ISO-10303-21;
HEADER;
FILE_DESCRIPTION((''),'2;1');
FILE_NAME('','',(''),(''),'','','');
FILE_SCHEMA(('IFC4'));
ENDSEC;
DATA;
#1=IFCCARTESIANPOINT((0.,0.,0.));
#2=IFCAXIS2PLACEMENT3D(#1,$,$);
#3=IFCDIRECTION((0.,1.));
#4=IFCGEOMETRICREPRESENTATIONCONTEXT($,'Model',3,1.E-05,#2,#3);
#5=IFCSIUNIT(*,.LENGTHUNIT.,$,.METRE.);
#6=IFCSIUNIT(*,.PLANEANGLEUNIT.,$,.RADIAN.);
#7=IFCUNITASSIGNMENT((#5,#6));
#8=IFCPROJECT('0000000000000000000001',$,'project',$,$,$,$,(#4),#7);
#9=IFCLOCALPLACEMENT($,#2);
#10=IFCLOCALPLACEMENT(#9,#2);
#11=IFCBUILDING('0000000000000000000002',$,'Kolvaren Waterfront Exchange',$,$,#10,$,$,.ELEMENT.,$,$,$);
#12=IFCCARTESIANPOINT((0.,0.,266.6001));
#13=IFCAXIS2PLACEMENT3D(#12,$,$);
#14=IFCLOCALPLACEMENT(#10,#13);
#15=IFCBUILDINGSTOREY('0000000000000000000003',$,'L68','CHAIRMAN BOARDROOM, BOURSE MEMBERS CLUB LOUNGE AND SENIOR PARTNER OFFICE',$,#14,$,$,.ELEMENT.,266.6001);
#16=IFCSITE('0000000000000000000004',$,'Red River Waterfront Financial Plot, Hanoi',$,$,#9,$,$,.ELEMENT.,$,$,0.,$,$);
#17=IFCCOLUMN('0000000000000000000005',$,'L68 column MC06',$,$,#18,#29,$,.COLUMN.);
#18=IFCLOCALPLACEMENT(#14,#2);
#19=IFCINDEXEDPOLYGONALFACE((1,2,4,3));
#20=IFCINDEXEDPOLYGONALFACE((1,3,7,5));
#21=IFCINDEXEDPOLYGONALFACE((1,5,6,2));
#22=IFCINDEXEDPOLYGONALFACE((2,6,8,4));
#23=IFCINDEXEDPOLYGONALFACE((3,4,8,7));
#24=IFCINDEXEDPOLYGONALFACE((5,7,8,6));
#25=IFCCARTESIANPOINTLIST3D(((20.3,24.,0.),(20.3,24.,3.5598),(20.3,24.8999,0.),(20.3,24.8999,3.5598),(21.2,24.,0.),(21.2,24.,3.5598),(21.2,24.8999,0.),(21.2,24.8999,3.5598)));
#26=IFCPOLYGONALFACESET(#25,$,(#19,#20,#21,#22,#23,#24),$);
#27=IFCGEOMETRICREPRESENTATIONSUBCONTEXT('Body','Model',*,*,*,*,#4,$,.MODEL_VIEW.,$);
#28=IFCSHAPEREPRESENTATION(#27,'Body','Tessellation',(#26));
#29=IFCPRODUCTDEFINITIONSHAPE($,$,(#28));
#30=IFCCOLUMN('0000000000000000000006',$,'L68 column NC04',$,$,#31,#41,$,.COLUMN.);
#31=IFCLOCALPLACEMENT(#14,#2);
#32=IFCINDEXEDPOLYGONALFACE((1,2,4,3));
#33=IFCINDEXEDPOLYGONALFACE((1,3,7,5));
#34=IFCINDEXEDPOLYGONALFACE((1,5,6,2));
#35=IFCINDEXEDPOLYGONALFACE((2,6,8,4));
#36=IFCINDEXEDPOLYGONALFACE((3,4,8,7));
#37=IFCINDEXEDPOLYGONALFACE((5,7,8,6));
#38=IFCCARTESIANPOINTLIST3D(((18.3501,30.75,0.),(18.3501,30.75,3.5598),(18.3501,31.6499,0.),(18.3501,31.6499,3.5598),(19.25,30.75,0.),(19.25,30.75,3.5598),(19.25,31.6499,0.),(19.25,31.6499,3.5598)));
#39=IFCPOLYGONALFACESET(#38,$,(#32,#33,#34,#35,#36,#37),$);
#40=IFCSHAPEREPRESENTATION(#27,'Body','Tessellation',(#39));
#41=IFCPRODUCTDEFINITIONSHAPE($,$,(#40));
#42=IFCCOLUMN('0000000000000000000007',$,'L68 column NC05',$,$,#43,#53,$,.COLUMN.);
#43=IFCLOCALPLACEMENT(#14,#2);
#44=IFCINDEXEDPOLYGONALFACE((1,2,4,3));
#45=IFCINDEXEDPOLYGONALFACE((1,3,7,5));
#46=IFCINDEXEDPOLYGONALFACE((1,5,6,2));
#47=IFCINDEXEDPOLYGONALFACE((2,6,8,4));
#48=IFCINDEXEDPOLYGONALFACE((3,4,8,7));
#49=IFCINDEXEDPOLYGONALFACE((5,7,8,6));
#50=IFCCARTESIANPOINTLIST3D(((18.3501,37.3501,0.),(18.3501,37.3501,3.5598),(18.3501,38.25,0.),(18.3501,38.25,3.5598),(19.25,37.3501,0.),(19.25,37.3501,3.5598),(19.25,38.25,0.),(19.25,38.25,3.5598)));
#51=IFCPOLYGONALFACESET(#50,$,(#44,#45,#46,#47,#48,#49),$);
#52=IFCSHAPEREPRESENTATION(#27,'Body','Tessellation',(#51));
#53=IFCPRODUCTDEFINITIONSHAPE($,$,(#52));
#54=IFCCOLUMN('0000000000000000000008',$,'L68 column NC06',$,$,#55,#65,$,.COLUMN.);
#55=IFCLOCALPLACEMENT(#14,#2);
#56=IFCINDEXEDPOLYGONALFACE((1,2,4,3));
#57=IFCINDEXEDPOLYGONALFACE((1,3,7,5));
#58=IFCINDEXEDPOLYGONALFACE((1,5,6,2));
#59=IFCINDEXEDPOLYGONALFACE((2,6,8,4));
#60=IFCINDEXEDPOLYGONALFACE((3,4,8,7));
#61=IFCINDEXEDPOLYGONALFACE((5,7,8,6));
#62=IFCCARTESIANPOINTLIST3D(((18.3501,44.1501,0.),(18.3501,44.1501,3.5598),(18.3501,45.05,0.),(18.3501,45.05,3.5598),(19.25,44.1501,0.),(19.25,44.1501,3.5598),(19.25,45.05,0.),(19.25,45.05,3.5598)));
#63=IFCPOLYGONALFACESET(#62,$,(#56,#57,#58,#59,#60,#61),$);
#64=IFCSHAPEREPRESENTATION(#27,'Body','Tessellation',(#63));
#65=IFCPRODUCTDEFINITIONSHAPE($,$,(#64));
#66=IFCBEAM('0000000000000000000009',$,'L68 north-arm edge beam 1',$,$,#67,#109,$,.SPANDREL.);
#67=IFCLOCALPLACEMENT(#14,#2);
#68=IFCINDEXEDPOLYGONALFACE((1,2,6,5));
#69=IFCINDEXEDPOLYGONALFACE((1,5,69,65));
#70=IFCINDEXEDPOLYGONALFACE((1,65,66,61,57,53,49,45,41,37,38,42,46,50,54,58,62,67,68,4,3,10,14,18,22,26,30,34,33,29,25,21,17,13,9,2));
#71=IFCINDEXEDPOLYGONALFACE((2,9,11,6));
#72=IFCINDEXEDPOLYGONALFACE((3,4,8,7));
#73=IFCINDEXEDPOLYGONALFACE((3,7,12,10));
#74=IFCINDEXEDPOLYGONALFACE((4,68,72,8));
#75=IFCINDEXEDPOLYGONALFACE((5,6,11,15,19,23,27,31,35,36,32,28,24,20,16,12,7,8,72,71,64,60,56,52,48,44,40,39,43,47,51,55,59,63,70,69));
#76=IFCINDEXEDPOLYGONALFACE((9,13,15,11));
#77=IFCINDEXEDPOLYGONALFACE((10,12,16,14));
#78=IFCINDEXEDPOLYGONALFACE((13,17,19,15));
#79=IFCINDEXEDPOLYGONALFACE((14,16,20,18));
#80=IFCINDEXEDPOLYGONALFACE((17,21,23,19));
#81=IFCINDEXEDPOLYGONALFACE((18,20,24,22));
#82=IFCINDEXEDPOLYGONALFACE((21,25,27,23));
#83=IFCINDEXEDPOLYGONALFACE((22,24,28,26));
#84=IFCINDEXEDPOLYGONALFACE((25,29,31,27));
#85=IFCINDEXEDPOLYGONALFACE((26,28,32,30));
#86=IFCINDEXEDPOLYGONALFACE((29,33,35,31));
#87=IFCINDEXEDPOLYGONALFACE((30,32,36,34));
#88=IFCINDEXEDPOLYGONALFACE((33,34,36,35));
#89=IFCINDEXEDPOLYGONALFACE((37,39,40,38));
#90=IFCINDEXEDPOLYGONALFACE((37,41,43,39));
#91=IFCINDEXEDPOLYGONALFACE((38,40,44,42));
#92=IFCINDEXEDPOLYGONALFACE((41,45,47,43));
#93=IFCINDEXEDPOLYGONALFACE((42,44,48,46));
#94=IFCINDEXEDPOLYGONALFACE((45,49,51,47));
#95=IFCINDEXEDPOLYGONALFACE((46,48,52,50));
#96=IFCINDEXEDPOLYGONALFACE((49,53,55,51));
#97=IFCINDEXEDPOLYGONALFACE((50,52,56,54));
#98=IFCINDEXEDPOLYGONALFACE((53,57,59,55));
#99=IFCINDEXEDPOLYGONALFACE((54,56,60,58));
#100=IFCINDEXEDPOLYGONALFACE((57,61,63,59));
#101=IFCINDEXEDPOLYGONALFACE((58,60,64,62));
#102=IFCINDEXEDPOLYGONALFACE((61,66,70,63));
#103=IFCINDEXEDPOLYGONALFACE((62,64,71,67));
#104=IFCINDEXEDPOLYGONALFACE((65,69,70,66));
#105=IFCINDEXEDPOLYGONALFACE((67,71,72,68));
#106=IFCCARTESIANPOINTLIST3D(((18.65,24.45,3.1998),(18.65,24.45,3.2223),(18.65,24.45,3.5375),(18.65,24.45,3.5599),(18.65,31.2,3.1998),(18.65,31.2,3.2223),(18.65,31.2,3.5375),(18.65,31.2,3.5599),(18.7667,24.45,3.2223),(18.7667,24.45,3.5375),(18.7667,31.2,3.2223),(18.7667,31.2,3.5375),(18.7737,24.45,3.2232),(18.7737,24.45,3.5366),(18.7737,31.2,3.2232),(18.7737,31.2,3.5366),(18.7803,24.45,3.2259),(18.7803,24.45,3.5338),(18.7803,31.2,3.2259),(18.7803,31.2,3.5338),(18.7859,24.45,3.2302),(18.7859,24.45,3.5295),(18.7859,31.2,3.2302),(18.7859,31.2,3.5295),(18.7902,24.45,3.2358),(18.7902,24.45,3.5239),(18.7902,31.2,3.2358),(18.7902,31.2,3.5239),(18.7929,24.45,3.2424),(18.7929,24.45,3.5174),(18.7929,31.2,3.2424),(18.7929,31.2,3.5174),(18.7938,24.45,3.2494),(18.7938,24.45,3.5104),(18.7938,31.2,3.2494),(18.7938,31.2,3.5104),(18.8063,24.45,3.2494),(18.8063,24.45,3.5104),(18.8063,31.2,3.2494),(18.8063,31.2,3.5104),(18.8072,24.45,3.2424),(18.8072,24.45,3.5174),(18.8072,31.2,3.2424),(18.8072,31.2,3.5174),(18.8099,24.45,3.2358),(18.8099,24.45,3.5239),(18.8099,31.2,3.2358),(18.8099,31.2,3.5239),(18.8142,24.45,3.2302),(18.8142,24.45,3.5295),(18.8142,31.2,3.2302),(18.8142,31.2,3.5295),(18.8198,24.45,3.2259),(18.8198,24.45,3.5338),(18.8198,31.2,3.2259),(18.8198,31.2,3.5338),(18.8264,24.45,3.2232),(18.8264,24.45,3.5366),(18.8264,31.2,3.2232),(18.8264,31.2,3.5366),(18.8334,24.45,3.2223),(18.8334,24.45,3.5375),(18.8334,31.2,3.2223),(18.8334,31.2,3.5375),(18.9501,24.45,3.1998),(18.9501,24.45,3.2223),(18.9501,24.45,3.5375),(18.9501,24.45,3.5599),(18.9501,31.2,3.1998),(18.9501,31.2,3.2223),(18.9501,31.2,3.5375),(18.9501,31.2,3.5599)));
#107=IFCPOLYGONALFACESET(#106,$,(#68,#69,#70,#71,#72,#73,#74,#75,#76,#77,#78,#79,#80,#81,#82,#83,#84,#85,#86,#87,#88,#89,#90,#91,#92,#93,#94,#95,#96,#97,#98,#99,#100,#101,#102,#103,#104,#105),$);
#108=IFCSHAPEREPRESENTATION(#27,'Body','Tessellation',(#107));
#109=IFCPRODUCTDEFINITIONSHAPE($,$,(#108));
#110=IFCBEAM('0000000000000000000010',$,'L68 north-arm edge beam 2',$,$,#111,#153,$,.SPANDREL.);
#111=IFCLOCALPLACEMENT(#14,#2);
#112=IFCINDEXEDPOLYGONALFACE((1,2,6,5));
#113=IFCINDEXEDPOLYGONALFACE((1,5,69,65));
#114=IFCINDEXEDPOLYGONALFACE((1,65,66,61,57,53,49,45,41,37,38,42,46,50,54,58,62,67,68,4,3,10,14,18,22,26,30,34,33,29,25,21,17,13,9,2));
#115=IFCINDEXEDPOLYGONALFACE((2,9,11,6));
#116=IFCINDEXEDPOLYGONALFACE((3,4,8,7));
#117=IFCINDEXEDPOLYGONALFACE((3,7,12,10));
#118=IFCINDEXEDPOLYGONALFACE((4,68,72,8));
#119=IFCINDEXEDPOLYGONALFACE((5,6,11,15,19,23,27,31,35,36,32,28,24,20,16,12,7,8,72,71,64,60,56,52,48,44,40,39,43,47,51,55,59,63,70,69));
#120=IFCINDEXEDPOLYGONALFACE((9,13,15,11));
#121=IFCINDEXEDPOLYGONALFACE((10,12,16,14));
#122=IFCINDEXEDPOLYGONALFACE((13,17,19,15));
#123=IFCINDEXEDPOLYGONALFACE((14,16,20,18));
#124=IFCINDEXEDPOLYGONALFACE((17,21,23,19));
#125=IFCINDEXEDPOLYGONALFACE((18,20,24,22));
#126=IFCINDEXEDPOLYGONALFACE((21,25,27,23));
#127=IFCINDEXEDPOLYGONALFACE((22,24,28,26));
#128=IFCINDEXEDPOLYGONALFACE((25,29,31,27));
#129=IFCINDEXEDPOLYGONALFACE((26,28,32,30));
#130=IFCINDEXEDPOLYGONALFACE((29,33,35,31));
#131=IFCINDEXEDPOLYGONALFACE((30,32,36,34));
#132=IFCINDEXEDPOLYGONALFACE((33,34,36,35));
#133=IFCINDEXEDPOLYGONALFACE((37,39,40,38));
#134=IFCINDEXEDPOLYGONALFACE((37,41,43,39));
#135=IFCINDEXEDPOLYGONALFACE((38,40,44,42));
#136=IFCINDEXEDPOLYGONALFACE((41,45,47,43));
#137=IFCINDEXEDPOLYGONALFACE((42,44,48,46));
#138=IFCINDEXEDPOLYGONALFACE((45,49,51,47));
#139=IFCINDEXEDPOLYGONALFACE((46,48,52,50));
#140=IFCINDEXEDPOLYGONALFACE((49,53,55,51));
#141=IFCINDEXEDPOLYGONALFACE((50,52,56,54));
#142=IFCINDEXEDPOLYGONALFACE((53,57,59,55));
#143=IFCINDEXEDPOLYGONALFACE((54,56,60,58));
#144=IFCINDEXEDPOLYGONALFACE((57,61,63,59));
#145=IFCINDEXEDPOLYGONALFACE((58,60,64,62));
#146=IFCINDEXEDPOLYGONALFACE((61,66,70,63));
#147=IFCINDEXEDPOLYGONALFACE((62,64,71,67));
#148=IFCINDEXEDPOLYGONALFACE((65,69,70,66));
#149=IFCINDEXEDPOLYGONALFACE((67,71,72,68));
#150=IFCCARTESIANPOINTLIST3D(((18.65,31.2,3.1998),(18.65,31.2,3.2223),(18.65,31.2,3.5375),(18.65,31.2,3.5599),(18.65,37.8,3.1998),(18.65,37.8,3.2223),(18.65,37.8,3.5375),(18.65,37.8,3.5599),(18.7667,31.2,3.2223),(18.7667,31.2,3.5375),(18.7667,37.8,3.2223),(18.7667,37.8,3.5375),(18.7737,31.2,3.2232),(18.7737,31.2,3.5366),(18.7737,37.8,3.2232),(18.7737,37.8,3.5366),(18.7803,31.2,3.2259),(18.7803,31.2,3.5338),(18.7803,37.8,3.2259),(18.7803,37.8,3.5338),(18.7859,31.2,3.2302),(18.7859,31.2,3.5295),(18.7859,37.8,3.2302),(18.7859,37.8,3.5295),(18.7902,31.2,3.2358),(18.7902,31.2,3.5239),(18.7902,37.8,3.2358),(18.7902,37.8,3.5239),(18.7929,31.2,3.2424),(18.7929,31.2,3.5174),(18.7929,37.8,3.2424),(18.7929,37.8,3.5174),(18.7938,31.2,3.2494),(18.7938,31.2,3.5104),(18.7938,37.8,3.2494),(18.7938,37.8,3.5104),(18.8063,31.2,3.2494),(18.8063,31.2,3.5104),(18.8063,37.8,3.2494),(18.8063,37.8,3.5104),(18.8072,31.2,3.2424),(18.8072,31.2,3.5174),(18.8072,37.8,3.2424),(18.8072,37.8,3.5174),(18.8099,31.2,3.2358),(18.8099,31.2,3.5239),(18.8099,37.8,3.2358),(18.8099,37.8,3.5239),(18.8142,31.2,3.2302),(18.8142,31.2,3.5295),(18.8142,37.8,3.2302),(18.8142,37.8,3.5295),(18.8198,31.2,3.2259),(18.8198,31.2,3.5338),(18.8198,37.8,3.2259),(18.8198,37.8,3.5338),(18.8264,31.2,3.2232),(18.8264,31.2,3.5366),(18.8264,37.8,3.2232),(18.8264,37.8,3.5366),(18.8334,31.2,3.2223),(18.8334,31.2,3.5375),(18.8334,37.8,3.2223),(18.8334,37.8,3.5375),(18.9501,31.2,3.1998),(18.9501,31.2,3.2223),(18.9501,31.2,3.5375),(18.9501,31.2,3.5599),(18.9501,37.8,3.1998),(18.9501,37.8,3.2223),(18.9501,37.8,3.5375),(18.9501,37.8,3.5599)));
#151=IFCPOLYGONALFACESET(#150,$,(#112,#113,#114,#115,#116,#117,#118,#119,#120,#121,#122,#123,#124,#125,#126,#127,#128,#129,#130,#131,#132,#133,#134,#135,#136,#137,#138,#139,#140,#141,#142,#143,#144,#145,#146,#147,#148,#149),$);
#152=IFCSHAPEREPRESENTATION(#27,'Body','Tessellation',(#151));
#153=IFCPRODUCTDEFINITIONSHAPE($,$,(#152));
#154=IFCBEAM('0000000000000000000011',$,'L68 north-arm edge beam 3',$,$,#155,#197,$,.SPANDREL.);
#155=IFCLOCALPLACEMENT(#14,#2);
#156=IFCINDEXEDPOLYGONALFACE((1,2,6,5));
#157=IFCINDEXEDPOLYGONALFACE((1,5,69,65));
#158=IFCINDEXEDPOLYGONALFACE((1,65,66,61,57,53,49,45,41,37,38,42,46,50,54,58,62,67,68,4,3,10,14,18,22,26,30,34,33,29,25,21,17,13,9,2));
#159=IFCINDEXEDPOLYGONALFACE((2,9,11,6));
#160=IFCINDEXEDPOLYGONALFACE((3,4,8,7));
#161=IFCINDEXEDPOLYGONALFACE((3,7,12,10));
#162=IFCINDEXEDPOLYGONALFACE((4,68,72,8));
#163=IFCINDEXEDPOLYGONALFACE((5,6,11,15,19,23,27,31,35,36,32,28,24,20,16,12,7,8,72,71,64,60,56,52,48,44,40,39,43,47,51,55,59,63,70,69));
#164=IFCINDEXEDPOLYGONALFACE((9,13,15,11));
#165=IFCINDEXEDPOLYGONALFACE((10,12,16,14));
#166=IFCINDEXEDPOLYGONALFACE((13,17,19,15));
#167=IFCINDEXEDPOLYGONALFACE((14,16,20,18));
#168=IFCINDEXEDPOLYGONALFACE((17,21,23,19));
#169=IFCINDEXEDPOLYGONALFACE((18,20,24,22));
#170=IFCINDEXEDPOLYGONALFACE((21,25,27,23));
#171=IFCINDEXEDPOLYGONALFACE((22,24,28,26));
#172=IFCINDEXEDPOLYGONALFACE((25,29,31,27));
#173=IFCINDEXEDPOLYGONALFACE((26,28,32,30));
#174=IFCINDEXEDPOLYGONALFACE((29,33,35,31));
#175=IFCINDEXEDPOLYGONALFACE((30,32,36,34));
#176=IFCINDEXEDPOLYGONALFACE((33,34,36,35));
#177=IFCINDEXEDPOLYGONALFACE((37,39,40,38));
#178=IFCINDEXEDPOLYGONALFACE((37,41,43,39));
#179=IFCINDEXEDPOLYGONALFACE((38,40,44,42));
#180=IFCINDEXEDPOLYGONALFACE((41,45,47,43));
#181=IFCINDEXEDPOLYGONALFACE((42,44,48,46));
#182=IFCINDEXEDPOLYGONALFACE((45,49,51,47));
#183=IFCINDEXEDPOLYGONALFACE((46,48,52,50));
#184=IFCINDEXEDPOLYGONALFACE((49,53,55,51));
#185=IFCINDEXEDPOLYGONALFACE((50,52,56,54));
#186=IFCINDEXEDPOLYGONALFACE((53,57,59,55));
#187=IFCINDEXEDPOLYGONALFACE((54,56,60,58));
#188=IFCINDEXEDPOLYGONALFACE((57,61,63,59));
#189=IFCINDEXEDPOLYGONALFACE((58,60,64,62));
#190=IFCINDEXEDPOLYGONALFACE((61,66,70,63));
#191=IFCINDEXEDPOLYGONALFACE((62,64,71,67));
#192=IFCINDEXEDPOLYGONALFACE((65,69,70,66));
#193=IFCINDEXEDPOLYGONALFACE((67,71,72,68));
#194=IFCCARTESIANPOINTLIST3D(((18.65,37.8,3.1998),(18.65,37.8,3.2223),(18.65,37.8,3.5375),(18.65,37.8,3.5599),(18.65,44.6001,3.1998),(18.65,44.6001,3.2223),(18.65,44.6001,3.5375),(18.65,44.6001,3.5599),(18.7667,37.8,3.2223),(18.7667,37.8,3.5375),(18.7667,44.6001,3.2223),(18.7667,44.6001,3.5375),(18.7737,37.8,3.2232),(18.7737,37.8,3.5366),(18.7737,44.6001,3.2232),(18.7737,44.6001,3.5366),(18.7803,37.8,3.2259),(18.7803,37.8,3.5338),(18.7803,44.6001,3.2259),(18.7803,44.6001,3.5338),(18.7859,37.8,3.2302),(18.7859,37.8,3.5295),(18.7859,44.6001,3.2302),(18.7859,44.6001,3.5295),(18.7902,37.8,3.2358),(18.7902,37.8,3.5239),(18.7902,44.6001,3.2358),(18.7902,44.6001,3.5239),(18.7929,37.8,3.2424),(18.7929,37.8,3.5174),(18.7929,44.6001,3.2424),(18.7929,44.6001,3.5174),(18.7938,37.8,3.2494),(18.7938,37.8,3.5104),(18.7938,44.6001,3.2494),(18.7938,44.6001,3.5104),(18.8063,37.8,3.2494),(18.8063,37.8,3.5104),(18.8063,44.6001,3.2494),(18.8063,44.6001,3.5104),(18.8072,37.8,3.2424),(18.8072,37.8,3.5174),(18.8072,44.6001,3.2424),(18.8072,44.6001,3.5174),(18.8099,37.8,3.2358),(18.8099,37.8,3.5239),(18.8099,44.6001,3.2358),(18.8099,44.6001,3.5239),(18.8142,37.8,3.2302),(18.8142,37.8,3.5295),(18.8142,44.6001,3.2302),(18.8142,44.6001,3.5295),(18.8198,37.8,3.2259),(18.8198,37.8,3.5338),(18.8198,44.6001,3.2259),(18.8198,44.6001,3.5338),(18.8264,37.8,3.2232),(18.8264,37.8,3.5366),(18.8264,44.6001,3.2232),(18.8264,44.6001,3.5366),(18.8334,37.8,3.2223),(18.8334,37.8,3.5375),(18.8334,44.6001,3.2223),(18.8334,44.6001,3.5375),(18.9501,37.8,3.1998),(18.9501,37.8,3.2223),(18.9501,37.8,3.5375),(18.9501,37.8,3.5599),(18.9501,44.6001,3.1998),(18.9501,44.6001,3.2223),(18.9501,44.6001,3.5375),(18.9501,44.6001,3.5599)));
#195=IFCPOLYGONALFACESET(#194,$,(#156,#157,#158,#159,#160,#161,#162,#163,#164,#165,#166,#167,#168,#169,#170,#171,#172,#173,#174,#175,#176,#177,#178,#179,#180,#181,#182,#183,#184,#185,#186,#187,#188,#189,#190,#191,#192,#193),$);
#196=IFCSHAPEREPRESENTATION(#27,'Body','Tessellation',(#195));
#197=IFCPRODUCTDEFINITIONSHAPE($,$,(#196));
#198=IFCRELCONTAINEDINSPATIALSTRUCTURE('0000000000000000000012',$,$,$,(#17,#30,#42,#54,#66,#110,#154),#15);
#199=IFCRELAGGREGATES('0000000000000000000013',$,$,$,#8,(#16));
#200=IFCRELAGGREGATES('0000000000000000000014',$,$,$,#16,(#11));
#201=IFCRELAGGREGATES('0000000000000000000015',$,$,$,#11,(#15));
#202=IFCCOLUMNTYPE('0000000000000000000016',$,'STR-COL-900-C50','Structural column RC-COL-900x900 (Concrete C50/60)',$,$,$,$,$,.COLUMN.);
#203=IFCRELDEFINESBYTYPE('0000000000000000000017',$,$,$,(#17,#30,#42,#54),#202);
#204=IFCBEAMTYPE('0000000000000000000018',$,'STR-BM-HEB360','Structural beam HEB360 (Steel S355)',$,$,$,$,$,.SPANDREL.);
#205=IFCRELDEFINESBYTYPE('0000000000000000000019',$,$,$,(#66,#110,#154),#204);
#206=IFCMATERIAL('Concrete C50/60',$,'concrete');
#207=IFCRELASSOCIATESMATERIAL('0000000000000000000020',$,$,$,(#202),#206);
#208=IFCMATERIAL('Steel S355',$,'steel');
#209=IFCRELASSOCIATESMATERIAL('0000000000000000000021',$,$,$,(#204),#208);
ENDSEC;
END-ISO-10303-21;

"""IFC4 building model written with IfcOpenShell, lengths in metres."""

from ifc_helpers import new_model, si_unit, direction, frame, origin, origin_2d, place, context, subcontext, project, spatial, rectangle, i_section, extrude, material, material_profile, profile_set, type_object, element, save


model = new_model("IFC4")

# Units and contexts
model_context = context("Model", 3, precision=1e-05, world=origin(), true_north=direction((0.0, 1.0)))
body_context = subcontext(model_context, "Body", "Model", "MODEL_VIEW")
ifc_project = project(units=[si_unit("LENGTHUNIT", "METRE"), si_unit("PLANEANGLEUNIT", "RADIAN")], contexts=[model_context])

# Site, building, storey
site_placement = place(None, origin())
site = spatial("IfcSite", under=ifc_project, at=site_placement, Name="Red River Waterfront Financial Plot, Hanoi", CompositionType="ELEMENT", RefElevation=0.0)
building_placement = place(site_placement, origin())
building = spatial("IfcBuilding", under=site, at=building_placement, Name="Kolvaren Waterfront Exchange", CompositionType="ELEMENT")
storey_placement = place(building_placement, frame((0.0, 0.0, 266.6001)))
storey = spatial("IfcBuildingStorey", under=building, at=storey_placement, Name="L68", Description="CHAIRMAN BOARDROOM, BOURSE MEMBERS CLUB LOUNGE AND SENIOR PARTNER OFFICE", CompositionType="ELEMENT", Elevation=266.6001)

# Columns
ifc_material_1 = material(Name="Concrete C50/60", Category="concrete")
ifc_material_profile_1 = material_profile(ifc_material_1, rectangle(XDim=0.8999, YDim=0.8999, at=origin_2d()), Name="RC-COL-900x900")
ifc_profile_set_1 = profile_set([ifc_material_profile_1], Name="Concrete C50/60")
column_type = type_object("IfcColumnType", Name="STR-COL-900-C50", Description="Structural column RC-COL-900x900 (Concrete C50/60)", PredefinedType="COLUMN", material=ifc_profile_set_1)
for number, where, z_axis, x_axis, name in (
    (1, (20.75, 24.45, 0.0), (0.0, 0.0, 1.0), (1.0, 0.0, 0.0), "L68 column MC06"),
    (2, (18.8, 31.2, 0.0), (0.0, 0.0, 1.0), (1.0, 0.0, 0.0), "L68 column NC04"),
    (3, (18.8, 37.8, 0.0), (0.0, 0.0, 1.0), (1.0, 0.0, 0.0), "L68 column NC05"),
    (4, (18.8, 44.6001, 0.0), (0.0, 0.0, 1.0), (1.0, 0.0, 0.0), "L68 column NC06"),
):
    element("IfcColumn", number, at=place(storey_placement, frame(where, z_axis=z_axis, x_axis=x_axis)), inside=storey, type_object=column_type, Name=name, PredefinedType="COLUMN", context=body_context, shape_type="SweptSolid", body=[
        extrude(rectangle(XDim=0.8999, YDim=0.8999, at=origin_2d()), origin(), (0.0, 0.0, 1.0), 3.5598),
    ])

# Beams
ifc_material_2 = material(Name="Steel S355", Category="steel")
ifc_material_profile_2 = material_profile(ifc_material_2, i_section(OverallWidth=0.3, OverallDepth=0.3601, WebThickness=0.0125, FlangeThickness=0.0225, FilletRadius=0.0271, at=origin_2d()), Name="HEB360")
ifc_profile_set_2 = profile_set([ifc_material_profile_2], Name="Steel S355")
beam_type = type_object("IfcBeamType", Name="STR-BM-HEB360", Description="Structural beam HEB360 (Steel S355)", PredefinedType="SPANDREL", material=ifc_profile_set_2)
beam_1_placement = place(storey_placement, frame((18.8, 24.45, 3.3799), z_axis=(0.0, 1.0, 0.0), x_axis=(-1.0, 0.0, 0.0)))
element("IfcBeam", 5, at=beam_1_placement, inside=storey, type_object=beam_type, Name="L68 north-arm edge beam 1", PredefinedType="SPANDREL", context=body_context, shape_type="SweptSolid", body=[
    extrude(i_section(OverallWidth=0.3, OverallDepth=0.3601, WebThickness=0.0125, FlangeThickness=0.0225, FilletRadius=0.0271, at=origin_2d()), origin(), (0.0, 0.0, 1.0), 6.75),
])
beam_2_placement = place(storey_placement, frame((18.8, 31.2, 3.3799), z_axis=(0.0, 1.0, 0.0), x_axis=(-1.0, 0.0, 0.0)))
element("IfcBeam", 6, at=beam_2_placement, inside=storey, type_object=beam_type, Name="L68 north-arm edge beam 2", PredefinedType="SPANDREL", context=body_context, shape_type="SweptSolid", body=[
    extrude(i_section(OverallWidth=0.3, OverallDepth=0.3601, WebThickness=0.0125, FlangeThickness=0.0225, FilletRadius=0.0271, at=origin_2d()), origin(), (0.0, 0.0, 1.0), 6.6001),
])
beam_3_placement = place(storey_placement, frame((18.8, 37.8, 3.3799), z_axis=(0.0, 1.0, 0.0), x_axis=(-1.0, 0.0, 0.0)))
element("IfcBeam", 7, at=beam_3_placement, inside=storey, type_object=beam_type, Name="L68 north-arm edge beam 3", PredefinedType="SPANDREL", context=body_context, shape_type="SweptSolid", body=[
    extrude(i_section(OverallWidth=0.3, OverallDepth=0.3601, WebThickness=0.0125, FlangeThickness=0.0225, FilletRadius=0.0271, at=origin_2d()), origin(), (0.0, 0.0, 1.0), 6.8),
])

save(model, "model.ifc")
